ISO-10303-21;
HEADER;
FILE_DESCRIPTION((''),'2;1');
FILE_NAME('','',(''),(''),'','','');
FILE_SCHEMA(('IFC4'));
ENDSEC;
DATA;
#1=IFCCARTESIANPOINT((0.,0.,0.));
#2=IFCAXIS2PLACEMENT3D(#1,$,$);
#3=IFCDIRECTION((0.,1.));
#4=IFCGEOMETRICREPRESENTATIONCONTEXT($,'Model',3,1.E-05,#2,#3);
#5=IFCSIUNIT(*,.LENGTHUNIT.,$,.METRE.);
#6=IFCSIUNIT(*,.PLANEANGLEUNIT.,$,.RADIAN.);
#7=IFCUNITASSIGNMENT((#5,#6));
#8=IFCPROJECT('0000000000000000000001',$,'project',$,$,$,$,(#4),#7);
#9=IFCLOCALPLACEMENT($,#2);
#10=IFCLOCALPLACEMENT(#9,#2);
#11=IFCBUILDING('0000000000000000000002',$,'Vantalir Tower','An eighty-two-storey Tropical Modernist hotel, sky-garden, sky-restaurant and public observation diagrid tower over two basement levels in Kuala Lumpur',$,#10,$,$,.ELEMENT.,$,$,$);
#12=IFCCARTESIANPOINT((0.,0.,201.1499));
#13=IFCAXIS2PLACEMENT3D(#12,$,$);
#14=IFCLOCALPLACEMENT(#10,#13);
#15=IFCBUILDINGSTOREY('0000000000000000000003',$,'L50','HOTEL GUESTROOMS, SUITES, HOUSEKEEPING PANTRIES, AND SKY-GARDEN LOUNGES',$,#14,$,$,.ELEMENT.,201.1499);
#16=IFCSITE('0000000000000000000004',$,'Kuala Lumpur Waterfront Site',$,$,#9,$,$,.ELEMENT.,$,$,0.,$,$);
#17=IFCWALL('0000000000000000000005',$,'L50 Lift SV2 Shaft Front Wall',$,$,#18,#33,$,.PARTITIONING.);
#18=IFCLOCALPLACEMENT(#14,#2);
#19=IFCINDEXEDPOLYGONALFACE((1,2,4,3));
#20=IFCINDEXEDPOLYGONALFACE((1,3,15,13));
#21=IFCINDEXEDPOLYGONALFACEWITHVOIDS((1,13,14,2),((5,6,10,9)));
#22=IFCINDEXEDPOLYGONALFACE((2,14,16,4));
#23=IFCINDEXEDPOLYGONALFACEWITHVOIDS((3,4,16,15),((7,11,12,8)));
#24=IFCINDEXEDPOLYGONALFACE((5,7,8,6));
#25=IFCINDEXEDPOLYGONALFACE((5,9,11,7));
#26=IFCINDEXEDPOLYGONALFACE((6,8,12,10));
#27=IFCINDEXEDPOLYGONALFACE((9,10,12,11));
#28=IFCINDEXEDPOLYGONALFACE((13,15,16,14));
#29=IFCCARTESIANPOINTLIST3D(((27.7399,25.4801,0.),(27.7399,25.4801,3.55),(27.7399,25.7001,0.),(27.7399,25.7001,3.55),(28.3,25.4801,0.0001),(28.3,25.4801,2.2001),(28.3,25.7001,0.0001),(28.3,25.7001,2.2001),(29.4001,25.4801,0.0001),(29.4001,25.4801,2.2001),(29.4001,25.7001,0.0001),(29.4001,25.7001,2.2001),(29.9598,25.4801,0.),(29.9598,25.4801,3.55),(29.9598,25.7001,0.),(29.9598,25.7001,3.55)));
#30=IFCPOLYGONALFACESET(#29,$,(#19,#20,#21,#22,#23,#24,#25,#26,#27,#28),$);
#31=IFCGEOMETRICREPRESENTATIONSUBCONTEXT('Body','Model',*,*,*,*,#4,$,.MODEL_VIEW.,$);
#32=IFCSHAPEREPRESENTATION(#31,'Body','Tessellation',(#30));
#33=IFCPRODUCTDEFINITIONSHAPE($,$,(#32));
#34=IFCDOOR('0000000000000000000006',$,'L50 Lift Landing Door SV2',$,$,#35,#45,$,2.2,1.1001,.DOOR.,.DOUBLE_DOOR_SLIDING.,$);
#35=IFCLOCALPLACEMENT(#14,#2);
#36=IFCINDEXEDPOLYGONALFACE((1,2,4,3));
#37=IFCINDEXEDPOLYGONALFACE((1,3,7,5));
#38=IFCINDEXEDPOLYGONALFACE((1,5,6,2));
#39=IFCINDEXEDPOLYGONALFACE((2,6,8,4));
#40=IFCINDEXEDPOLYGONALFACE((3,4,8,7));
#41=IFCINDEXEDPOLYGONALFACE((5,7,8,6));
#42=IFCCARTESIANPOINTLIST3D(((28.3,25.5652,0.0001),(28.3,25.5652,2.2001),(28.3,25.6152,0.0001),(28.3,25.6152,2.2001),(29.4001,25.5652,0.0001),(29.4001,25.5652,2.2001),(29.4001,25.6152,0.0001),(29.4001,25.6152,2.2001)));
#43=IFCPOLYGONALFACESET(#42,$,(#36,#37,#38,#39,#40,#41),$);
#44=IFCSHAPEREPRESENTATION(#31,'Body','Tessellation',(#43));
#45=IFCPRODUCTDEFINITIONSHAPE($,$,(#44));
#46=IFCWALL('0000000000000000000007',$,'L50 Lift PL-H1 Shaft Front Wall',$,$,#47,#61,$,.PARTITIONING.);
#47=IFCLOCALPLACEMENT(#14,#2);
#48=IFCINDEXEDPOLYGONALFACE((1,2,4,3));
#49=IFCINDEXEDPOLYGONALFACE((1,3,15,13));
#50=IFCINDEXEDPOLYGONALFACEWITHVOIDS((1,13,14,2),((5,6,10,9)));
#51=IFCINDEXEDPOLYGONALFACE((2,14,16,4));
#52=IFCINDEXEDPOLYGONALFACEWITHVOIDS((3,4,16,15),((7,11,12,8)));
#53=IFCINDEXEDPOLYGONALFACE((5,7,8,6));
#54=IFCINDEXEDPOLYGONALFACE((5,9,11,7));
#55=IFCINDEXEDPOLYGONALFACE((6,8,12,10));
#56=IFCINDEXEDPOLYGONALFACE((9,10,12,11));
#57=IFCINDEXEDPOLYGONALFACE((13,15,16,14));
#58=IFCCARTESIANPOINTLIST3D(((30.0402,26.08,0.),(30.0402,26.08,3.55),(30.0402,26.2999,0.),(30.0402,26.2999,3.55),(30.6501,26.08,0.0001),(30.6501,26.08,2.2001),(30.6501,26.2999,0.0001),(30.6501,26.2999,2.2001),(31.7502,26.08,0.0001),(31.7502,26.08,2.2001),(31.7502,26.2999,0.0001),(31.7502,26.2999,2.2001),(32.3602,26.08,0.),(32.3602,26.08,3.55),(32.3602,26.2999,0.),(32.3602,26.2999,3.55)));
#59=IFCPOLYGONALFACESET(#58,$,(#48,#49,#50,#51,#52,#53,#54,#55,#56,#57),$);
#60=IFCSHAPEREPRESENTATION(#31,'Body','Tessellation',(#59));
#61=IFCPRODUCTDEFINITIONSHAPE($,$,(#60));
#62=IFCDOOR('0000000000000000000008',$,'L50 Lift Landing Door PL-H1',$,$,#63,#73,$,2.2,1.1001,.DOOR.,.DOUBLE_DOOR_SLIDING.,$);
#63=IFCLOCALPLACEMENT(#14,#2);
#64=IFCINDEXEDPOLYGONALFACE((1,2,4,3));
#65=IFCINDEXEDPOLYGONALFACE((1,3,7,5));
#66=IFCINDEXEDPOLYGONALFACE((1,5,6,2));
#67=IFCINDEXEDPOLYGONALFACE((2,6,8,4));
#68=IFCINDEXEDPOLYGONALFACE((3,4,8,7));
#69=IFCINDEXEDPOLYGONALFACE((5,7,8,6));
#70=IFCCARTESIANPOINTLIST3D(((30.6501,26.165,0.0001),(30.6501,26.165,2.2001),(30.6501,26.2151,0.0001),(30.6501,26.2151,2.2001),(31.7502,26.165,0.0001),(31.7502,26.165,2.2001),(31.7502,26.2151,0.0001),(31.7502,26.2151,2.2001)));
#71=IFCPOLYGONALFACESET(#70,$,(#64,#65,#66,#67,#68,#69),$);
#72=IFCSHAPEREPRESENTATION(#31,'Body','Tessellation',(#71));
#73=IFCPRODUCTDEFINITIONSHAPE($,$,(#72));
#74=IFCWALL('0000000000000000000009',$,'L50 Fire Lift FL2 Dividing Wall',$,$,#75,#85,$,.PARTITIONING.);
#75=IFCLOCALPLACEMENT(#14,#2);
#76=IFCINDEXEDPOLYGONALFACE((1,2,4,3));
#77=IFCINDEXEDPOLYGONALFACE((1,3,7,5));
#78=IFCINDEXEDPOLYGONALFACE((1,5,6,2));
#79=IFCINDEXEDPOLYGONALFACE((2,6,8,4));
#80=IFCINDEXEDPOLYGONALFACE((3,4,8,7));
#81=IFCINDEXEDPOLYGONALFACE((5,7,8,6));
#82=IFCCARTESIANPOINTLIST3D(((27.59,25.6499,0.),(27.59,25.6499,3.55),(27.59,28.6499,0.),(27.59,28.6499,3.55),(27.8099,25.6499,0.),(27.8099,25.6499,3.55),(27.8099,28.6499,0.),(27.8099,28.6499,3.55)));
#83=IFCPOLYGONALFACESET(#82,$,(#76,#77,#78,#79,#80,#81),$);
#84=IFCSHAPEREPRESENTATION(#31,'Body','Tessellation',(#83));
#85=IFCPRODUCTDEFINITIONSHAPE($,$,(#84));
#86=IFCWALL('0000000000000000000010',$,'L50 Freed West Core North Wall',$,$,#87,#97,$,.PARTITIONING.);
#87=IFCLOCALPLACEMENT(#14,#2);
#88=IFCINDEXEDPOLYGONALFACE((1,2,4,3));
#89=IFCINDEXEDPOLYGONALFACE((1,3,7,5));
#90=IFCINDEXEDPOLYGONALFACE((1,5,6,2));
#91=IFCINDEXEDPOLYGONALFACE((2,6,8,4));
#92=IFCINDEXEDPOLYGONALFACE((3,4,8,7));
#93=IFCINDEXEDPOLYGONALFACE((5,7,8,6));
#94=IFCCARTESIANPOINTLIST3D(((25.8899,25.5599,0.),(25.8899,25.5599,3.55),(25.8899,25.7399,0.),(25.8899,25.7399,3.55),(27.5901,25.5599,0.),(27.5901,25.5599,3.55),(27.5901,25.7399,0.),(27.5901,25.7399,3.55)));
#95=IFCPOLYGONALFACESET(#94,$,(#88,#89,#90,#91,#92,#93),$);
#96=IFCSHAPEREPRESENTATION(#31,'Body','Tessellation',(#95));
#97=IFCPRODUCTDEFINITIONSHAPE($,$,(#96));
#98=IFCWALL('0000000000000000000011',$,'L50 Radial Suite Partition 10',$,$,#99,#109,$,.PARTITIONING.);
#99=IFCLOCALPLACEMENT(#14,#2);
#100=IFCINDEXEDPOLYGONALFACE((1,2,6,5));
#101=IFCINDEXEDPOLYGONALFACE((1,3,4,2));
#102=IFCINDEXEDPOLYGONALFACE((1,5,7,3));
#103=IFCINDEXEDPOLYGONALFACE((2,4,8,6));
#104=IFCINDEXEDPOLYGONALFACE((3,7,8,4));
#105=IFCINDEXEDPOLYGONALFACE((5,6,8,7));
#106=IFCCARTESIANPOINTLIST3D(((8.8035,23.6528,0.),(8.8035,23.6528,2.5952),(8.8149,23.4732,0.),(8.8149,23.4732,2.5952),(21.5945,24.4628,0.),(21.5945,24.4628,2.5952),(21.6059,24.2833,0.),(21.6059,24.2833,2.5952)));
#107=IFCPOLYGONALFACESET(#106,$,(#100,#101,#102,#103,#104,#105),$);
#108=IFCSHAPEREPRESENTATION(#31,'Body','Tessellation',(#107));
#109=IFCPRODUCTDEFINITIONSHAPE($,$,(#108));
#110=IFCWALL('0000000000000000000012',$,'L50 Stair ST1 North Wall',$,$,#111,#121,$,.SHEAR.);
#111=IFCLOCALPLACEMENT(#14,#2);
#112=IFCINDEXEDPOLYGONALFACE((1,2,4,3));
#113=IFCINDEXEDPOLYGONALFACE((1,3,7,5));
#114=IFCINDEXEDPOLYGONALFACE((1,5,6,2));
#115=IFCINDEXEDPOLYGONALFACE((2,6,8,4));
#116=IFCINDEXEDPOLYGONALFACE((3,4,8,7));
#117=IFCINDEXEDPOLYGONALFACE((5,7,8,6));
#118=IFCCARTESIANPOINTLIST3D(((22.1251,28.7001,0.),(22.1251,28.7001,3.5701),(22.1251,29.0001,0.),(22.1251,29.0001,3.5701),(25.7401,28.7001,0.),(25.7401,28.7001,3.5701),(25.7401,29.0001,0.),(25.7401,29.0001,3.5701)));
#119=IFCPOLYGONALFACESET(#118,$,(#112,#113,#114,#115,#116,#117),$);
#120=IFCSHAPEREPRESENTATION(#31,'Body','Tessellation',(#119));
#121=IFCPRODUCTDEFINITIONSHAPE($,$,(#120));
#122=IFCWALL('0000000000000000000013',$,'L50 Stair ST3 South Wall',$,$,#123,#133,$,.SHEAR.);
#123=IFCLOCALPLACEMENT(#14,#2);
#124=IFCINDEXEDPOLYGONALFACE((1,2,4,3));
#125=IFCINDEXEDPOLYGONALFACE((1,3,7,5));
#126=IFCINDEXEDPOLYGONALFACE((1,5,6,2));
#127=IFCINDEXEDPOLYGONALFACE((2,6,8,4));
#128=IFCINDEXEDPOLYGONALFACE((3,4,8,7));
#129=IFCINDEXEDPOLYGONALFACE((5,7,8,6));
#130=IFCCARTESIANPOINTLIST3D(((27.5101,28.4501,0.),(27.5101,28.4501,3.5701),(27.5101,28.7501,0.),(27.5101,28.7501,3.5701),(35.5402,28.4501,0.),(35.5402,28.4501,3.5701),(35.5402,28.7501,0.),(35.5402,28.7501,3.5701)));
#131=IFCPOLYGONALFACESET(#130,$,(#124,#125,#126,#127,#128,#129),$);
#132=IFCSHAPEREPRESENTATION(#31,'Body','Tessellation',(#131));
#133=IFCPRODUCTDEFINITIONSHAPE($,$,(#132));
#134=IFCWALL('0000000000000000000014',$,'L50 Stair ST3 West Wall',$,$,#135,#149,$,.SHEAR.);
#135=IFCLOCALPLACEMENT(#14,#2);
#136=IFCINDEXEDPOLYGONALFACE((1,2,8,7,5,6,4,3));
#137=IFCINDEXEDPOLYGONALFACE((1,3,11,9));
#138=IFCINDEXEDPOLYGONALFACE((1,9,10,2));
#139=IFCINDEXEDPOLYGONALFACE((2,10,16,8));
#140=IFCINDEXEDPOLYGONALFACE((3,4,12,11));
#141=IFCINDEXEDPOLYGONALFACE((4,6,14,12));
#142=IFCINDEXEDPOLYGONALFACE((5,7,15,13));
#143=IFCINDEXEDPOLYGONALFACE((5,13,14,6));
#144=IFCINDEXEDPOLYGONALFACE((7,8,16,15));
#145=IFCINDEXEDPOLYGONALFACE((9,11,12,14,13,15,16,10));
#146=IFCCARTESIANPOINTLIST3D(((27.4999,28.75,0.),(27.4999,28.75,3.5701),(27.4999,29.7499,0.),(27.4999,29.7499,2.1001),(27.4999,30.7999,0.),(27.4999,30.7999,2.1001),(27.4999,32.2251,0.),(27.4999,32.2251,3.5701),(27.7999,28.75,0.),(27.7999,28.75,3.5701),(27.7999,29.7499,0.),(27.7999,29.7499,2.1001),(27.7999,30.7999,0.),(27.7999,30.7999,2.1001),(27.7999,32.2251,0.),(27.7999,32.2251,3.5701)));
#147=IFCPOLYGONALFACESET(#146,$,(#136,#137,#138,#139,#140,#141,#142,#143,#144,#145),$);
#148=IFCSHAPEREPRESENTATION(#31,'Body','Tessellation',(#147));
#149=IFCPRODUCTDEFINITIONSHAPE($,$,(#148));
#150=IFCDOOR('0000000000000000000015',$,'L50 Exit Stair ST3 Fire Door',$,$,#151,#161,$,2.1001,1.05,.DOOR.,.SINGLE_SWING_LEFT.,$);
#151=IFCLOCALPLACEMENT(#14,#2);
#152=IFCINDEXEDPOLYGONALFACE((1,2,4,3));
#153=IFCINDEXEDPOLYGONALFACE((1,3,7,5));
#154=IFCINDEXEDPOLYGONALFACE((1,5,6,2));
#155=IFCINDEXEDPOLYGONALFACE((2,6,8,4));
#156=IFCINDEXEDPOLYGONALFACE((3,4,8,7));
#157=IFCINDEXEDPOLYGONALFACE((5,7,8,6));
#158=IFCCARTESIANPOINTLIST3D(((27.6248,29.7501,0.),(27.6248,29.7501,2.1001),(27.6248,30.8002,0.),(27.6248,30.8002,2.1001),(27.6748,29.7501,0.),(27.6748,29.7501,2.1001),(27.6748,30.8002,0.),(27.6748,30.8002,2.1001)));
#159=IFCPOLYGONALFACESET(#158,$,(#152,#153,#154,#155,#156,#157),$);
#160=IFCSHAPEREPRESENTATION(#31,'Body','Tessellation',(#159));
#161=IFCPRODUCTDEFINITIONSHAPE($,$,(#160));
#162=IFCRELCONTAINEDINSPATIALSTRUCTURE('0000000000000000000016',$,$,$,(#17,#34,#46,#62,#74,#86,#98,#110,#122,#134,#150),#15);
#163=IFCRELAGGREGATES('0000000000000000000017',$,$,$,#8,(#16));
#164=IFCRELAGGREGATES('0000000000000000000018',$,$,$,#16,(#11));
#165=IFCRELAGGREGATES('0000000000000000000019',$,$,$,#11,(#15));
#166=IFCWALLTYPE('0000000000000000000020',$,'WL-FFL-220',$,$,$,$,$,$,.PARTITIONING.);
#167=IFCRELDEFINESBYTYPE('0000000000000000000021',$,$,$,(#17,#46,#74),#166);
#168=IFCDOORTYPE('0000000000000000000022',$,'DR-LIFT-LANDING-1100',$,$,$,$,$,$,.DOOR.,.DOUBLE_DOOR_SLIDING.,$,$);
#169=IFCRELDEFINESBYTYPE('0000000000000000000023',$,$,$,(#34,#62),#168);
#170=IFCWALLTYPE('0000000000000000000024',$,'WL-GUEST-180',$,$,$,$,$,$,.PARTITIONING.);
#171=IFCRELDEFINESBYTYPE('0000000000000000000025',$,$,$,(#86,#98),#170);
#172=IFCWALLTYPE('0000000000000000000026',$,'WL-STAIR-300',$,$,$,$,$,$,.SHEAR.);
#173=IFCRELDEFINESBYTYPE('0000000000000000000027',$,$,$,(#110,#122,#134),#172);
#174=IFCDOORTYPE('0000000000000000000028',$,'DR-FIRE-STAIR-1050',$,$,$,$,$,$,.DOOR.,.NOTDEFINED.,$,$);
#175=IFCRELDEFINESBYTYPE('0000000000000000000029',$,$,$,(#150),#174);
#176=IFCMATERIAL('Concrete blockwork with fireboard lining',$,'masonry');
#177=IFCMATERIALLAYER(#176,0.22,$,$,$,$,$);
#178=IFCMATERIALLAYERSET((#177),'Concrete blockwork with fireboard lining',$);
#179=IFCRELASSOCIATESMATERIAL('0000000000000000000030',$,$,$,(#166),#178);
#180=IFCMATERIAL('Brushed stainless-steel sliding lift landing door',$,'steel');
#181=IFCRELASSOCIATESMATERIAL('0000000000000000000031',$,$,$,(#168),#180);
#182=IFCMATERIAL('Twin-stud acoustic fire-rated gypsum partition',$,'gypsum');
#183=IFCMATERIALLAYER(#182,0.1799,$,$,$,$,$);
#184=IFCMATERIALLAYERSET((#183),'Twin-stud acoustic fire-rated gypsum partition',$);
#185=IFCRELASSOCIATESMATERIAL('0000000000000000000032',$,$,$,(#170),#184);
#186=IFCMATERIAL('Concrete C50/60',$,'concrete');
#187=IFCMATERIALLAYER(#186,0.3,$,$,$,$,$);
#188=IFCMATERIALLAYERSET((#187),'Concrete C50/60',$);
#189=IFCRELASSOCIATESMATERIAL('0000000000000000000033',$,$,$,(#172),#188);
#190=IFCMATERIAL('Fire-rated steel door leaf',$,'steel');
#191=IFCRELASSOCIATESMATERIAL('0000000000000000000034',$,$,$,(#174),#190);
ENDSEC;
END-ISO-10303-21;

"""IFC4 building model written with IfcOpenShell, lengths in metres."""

from ifc_helpers import new_model, si_unit, direction, frame, frame_2d, origin, place, context, subcontext, project, spatial, rectangle, extrude, material, layer, layer_set, type_object, element, fill, save


model = new_model("IFC4")

# Units and contexts
model_context = context("Model", 3, precision=1e-05, world=origin(), true_north=direction((0.0, 1.0)))
body_context = subcontext(model_context, "Body", "Model", "MODEL_VIEW")
ifc_project = project(units=[si_unit("LENGTHUNIT", "METRE"), si_unit("PLANEANGLEUNIT", "RADIAN")], contexts=[model_context])

# Site, building, storey
site_placement = place(None, origin())
site = spatial("IfcSite", under=ifc_project, at=site_placement, Name="Kuala Lumpur Waterfront Site", CompositionType="ELEMENT", RefElevation=0.0)
building_placement = place(site_placement, origin())
building = spatial("IfcBuilding", under=site, at=building_placement, Name="Vantalir Tower", Description="An eighty-two-storey Tropical Modernist hotel, sky-garden, sky-restaurant and public observation diagrid tower over two basement levels in Kuala Lumpur", CompositionType="ELEMENT")
storey_placement = place(building_placement, frame((0.0, 0.0, 201.1499)))
storey = spatial("IfcBuildingStorey", under=building, at=storey_placement, Name="L50", Description="HOTEL GUESTROOMS, SUITES, HOUSEKEEPING PANTRIES, AND SKY-GARDEN LOUNGES", CompositionType="ELEMENT", Elevation=201.1499)

# Shared definitions
ifc_material_1 = material(Name="Concrete C50/60", Category="concrete")

# Shared definitions
ifc_material_2 = material(Name="Concrete blockwork with fireboard lining", Category="masonry")
ifc_layer_1 = layer(ifc_material_2, 0.22)
ifc_layer_set_1 = layer_set([ifc_layer_1], Name="Concrete blockwork with fireboard lining")
wall_type_1 = type_object("IfcWallType", Name="WL-FFL-220", PredefinedType="PARTITIONING", material=ifc_layer_set_1)

# Walls, openings, doors
ifc_material_3 = material(Name="Brushed stainless-steel sliding lift landing door", Category="steel")
door_type_1 = type_object("IfcDoorType", Name="DR-LIFT-LANDING-1100", OperationType="DOUBLE_DOOR_SLIDING", PredefinedType="DOOR", material=ifc_material_3)
wall_1_placement = place(storey_placement, frame((27.74, 25.5901, 0.0), z_axis=(0.0, 0.0, 1.0), x_axis=(1.0, 0.0, 0.0)))
wall_1 = element("IfcWall", 1, at=wall_1_placement, inside=storey, type_object=wall_type_1, Name="L50 Lift SV2 Shaft Front Wall", PredefinedType="PARTITIONING", context=body_context, shape_type="SweptSolid", body=[
    extrude(rectangle(XDim=2.22, YDim=0.22, at=frame_2d((1.1099, 0.0))), origin(), (0.0, 0.0, 1.0), 3.55),
])
opening_1_placement = place(wall_1_placement, frame((0.5601, 0.0, 0.0)))
opening_1 = element("IfcOpeningElement", 2, at=opening_1_placement, cuts=wall_1, PredefinedType="OPENING", context=body_context, shape_type="SweptSolid", body=[
    extrude(rectangle(XDim=1.1001, YDim=2.2, at=frame_2d((0.55, 1.1001))), frame((0.0, 0.1199, 0.0), z_axis=(0.0, -1.0, 0.0), x_axis=(1.0, 0.0, 0.0)), (0.0, 0.0, 1.0), 0.24),
])
door_1_placement = place(opening_1_placement, frame((1.1001, 0.0, 0.0), z_axis=(0.0, 0.0, 1.0), x_axis=(-1.0, 0.0, 0.0)))
door_1 = element("IfcDoor", 3, at=door_1_placement, inside=storey, type_object=door_type_1, Name="L50 Lift Landing Door SV2", OperationType="DOUBLE_DOOR_SLIDING", OverallHeight=2.2, OverallWidth=1.1001, PredefinedType="DOOR", context=body_context, shape_type="SweptSolid", body=[
    extrude(rectangle(XDim=1.1001, YDim=2.2, at=frame_2d((0.55, 1.1001))), frame((0.0, 0.0249, 0.0), z_axis=(0.0, -1.0, 0.0), x_axis=(1.0, 0.0, 0.0)), (0.0, 0.0, 1.0), 0.05),
])
fill(opening_1, door_1)
wall_2_placement = place(storey_placement, frame((30.04, 26.1899, 0.0), z_axis=(0.0, 0.0, 1.0), x_axis=(1.0, 0.0, 0.0)))
wall_2 = element("IfcWall", 4, at=wall_2_placement, inside=storey, type_object=wall_type_1, Name="L50 Lift PL-H1 Shaft Front Wall", PredefinedType="PARTITIONING", context=body_context, shape_type="SweptSolid", body=[
    extrude(rectangle(XDim=2.3201, YDim=0.22, at=frame_2d((1.1602, 0.0))), origin(), (0.0, 0.0, 1.0), 3.55),
])
opening_2_placement = place(wall_2_placement, frame((0.6101, 0.0, 0.0)))
opening_2 = element("IfcOpeningElement", 5, at=opening_2_placement, cuts=wall_2, PredefinedType="OPENING", context=body_context, shape_type="SweptSolid", body=[
    extrude(rectangle(XDim=1.1001, YDim=2.2, at=frame_2d((0.55, 1.1001))), frame((0.0, 0.1199, 0.0), z_axis=(0.0, -1.0, 0.0), x_axis=(1.0, 0.0, 0.0)), (0.0, 0.0, 1.0), 0.24),
])
door_2_placement = place(opening_2_placement, frame((1.1001, 0.0, 0.0), z_axis=(0.0, 0.0, 1.0), x_axis=(-1.0, 0.0, 0.0)))
door_2 = element("IfcDoor", 6, at=door_2_placement, inside=storey, type_object=door_type_1, Name="L50 Lift Landing Door PL-H1", OperationType="DOUBLE_DOOR_SLIDING", OverallHeight=2.2, OverallWidth=1.1001, PredefinedType="DOOR", context=body_context, shape_type="SweptSolid", body=[
    extrude(rectangle(XDim=1.1001, YDim=2.2, at=frame_2d((0.55, 1.1001))), frame((0.0, 0.0249, 0.0), z_axis=(0.0, -1.0, 0.0), x_axis=(1.0, 0.0, 0.0)), (0.0, 0.0, 1.0), 0.05),
])
fill(opening_2, door_2)

# Walls
wall_3_placement = place(storey_placement, frame((27.7, 25.6499, 0.0), z_axis=(0.0, 0.0, 1.0), x_axis=(0.0, 1.0, 0.0)))
element("IfcWall", 7, at=wall_3_placement, inside=storey, type_object=wall_type_1, Name="L50 Fire Lift FL2 Dividing Wall", PredefinedType="PARTITIONING", context=body_context, shape_type="SweptSolid", body=[
    extrude(rectangle(XDim=3.0, YDim=0.22, at=frame_2d((1.5, 0.0))), origin(), (0.0, 0.0, 1.0), 3.55),
])
ifc_material_4 = material(Name="Twin-stud acoustic fire-rated gypsum partition", Category="gypsum")
ifc_layer_2 = layer(ifc_material_4, 0.1799)
ifc_layer_set_2 = layer_set([ifc_layer_2], Name="Twin-stud acoustic fire-rated gypsum partition")
wall_type_2 = type_object("IfcWallType", Name="WL-GUEST-180", PredefinedType="PARTITIONING", material=ifc_layer_set_2)
wall_4_placement = place(storey_placement, frame((25.8899, 25.6499, 0.0), z_axis=(0.0, 0.0, 1.0), x_axis=(1.0, 0.0, 0.0)))
element("IfcWall", 8, at=wall_4_placement, inside=storey, type_object=wall_type_2, Name="L50 Freed West Core North Wall", PredefinedType="PARTITIONING", context=body_context, shape_type="SweptSolid", body=[
    extrude(rectangle(XDim=1.7002, YDim=0.1799, at=frame_2d((0.8501, 0.0))), origin(), (0.0, 0.0, 1.0), 3.55),
])
wall_5_placement = place(storey_placement, frame((21.6001, 24.373, 0.0), z_axis=(0.0, 0.0, 1.0), x_axis=(-0.998001, -0.063204, 0.0)))
element("IfcWall", 9, at=wall_5_placement, inside=storey, type_object=wall_type_2, Name="L50 Radial Suite Partition 10", PredefinedType="PARTITIONING", context=body_context, shape_type="SweptSolid", body=[
    extrude(rectangle(XDim=12.8167, YDim=0.1799, at=frame_2d((6.4082, 0.0))), origin(), (0.0, 0.0, 1.0), 2.5952),
])
ifc_layer_3 = layer(ifc_material_1, 0.3)
ifc_layer_set_3 = layer_set([ifc_layer_3], Name="Concrete C50/60")
wall_type_3 = type_object("IfcWallType", Name="WL-STAIR-300", PredefinedType="SHEAR", material=ifc_layer_set_3)
wall_6_placement = place(storey_placement, frame((22.125, 28.8501, 0.0), z_axis=(0.0, 0.0, 1.0), x_axis=(1.0, 0.0, 0.0)))
element("IfcWall", 10, at=wall_6_placement, inside=storey, type_object=wall_type_3, Name="L50 Stair ST1 North Wall", PredefinedType="SHEAR", context=body_context, shape_type="SweptSolid", body=[
    extrude(rectangle(XDim=3.615, YDim=0.3, at=frame_2d((1.8076, 0.0))), origin(), (0.0, 0.0, 1.0), 3.5701),
])
wall_7_placement = place(storey_placement, frame((27.51, 28.6001, 0.0), z_axis=(0.0, 0.0, 1.0), x_axis=(1.0, 0.0, 0.0)))
element("IfcWall", 11, at=wall_7_placement, inside=storey, type_object=wall_type_3, Name="L50 Stair ST3 South Wall", PredefinedType="SHEAR", context=body_context, shape_type="SweptSolid", body=[
    extrude(rectangle(XDim=8.03, YDim=0.3, at=frame_2d((4.0151, 0.0))), origin(), (0.0, 0.0, 1.0), 3.5701),
])

# Wall, opening, door
wall_8_placement = place(storey_placement, frame((27.6499, 28.75, 0.0), z_axis=(0.0, 0.0, 1.0), x_axis=(0.0, 1.0, 0.0)))
wall_8 = element("IfcWall", 12, at=wall_8_placement, inside=storey, type_object=wall_type_3, Name="L50 Stair ST3 West Wall", PredefinedType="SHEAR", context=body_context, shape_type="SweptSolid", body=[
    extrude(rectangle(XDim=3.4751, YDim=0.3, at=frame_2d((1.7375, 0.0))), origin(), (0.0, 0.0, 1.0), 3.5701),
])
opening_3_placement = place(wall_8_placement, frame((1.0, 0.0, 0.0)))
opening_3 = element("IfcOpeningElement", 13, at=opening_3_placement, cuts=wall_8, PredefinedType="OPENING", context=body_context, shape_type="SweptSolid", body=[
    extrude(rectangle(XDim=1.05, YDim=2.1001, at=frame_2d((0.5249, 1.05))), frame((0.0, 0.1599, 0.0), z_axis=(0.0, -1.0, 0.0), x_axis=(1.0, 0.0, 0.0)), (0.0, 0.0, 1.0), 0.3201),
])
ifc_material_5 = material(Name="Fire-rated steel door leaf", Category="steel")
door_type_2 = type_object("IfcDoorType", Name="DR-FIRE-STAIR-1050", OperationType="NOTDEFINED", PredefinedType="DOOR", material=ifc_material_5)
door_3_placement = place(opening_3_placement, frame((1.05, 0.0, 0.0), z_axis=(0.0, 0.0, 1.0), x_axis=(-1.0, 0.0, 0.0)))
door_3 = element("IfcDoor", 14, at=door_3_placement, inside=storey, type_object=door_type_2, Name="L50 Exit Stair ST3 Fire Door", OperationType="SINGLE_SWING_LEFT", OverallHeight=2.1001, OverallWidth=1.05, PredefinedType="DOOR", context=body_context, shape_type="SweptSolid", body=[
    extrude(rectangle(XDim=1.05, YDim=2.1001, at=frame_2d((0.5249, 1.05))), frame((0.0, 0.0249, 0.0), z_axis=(0.0, -1.0, 0.0), x_axis=(1.0, 0.0, 0.0)), (0.0, 0.0, 1.0), 0.05),
])
fill(opening_3, door_3)

save(model, "model.ifc")
